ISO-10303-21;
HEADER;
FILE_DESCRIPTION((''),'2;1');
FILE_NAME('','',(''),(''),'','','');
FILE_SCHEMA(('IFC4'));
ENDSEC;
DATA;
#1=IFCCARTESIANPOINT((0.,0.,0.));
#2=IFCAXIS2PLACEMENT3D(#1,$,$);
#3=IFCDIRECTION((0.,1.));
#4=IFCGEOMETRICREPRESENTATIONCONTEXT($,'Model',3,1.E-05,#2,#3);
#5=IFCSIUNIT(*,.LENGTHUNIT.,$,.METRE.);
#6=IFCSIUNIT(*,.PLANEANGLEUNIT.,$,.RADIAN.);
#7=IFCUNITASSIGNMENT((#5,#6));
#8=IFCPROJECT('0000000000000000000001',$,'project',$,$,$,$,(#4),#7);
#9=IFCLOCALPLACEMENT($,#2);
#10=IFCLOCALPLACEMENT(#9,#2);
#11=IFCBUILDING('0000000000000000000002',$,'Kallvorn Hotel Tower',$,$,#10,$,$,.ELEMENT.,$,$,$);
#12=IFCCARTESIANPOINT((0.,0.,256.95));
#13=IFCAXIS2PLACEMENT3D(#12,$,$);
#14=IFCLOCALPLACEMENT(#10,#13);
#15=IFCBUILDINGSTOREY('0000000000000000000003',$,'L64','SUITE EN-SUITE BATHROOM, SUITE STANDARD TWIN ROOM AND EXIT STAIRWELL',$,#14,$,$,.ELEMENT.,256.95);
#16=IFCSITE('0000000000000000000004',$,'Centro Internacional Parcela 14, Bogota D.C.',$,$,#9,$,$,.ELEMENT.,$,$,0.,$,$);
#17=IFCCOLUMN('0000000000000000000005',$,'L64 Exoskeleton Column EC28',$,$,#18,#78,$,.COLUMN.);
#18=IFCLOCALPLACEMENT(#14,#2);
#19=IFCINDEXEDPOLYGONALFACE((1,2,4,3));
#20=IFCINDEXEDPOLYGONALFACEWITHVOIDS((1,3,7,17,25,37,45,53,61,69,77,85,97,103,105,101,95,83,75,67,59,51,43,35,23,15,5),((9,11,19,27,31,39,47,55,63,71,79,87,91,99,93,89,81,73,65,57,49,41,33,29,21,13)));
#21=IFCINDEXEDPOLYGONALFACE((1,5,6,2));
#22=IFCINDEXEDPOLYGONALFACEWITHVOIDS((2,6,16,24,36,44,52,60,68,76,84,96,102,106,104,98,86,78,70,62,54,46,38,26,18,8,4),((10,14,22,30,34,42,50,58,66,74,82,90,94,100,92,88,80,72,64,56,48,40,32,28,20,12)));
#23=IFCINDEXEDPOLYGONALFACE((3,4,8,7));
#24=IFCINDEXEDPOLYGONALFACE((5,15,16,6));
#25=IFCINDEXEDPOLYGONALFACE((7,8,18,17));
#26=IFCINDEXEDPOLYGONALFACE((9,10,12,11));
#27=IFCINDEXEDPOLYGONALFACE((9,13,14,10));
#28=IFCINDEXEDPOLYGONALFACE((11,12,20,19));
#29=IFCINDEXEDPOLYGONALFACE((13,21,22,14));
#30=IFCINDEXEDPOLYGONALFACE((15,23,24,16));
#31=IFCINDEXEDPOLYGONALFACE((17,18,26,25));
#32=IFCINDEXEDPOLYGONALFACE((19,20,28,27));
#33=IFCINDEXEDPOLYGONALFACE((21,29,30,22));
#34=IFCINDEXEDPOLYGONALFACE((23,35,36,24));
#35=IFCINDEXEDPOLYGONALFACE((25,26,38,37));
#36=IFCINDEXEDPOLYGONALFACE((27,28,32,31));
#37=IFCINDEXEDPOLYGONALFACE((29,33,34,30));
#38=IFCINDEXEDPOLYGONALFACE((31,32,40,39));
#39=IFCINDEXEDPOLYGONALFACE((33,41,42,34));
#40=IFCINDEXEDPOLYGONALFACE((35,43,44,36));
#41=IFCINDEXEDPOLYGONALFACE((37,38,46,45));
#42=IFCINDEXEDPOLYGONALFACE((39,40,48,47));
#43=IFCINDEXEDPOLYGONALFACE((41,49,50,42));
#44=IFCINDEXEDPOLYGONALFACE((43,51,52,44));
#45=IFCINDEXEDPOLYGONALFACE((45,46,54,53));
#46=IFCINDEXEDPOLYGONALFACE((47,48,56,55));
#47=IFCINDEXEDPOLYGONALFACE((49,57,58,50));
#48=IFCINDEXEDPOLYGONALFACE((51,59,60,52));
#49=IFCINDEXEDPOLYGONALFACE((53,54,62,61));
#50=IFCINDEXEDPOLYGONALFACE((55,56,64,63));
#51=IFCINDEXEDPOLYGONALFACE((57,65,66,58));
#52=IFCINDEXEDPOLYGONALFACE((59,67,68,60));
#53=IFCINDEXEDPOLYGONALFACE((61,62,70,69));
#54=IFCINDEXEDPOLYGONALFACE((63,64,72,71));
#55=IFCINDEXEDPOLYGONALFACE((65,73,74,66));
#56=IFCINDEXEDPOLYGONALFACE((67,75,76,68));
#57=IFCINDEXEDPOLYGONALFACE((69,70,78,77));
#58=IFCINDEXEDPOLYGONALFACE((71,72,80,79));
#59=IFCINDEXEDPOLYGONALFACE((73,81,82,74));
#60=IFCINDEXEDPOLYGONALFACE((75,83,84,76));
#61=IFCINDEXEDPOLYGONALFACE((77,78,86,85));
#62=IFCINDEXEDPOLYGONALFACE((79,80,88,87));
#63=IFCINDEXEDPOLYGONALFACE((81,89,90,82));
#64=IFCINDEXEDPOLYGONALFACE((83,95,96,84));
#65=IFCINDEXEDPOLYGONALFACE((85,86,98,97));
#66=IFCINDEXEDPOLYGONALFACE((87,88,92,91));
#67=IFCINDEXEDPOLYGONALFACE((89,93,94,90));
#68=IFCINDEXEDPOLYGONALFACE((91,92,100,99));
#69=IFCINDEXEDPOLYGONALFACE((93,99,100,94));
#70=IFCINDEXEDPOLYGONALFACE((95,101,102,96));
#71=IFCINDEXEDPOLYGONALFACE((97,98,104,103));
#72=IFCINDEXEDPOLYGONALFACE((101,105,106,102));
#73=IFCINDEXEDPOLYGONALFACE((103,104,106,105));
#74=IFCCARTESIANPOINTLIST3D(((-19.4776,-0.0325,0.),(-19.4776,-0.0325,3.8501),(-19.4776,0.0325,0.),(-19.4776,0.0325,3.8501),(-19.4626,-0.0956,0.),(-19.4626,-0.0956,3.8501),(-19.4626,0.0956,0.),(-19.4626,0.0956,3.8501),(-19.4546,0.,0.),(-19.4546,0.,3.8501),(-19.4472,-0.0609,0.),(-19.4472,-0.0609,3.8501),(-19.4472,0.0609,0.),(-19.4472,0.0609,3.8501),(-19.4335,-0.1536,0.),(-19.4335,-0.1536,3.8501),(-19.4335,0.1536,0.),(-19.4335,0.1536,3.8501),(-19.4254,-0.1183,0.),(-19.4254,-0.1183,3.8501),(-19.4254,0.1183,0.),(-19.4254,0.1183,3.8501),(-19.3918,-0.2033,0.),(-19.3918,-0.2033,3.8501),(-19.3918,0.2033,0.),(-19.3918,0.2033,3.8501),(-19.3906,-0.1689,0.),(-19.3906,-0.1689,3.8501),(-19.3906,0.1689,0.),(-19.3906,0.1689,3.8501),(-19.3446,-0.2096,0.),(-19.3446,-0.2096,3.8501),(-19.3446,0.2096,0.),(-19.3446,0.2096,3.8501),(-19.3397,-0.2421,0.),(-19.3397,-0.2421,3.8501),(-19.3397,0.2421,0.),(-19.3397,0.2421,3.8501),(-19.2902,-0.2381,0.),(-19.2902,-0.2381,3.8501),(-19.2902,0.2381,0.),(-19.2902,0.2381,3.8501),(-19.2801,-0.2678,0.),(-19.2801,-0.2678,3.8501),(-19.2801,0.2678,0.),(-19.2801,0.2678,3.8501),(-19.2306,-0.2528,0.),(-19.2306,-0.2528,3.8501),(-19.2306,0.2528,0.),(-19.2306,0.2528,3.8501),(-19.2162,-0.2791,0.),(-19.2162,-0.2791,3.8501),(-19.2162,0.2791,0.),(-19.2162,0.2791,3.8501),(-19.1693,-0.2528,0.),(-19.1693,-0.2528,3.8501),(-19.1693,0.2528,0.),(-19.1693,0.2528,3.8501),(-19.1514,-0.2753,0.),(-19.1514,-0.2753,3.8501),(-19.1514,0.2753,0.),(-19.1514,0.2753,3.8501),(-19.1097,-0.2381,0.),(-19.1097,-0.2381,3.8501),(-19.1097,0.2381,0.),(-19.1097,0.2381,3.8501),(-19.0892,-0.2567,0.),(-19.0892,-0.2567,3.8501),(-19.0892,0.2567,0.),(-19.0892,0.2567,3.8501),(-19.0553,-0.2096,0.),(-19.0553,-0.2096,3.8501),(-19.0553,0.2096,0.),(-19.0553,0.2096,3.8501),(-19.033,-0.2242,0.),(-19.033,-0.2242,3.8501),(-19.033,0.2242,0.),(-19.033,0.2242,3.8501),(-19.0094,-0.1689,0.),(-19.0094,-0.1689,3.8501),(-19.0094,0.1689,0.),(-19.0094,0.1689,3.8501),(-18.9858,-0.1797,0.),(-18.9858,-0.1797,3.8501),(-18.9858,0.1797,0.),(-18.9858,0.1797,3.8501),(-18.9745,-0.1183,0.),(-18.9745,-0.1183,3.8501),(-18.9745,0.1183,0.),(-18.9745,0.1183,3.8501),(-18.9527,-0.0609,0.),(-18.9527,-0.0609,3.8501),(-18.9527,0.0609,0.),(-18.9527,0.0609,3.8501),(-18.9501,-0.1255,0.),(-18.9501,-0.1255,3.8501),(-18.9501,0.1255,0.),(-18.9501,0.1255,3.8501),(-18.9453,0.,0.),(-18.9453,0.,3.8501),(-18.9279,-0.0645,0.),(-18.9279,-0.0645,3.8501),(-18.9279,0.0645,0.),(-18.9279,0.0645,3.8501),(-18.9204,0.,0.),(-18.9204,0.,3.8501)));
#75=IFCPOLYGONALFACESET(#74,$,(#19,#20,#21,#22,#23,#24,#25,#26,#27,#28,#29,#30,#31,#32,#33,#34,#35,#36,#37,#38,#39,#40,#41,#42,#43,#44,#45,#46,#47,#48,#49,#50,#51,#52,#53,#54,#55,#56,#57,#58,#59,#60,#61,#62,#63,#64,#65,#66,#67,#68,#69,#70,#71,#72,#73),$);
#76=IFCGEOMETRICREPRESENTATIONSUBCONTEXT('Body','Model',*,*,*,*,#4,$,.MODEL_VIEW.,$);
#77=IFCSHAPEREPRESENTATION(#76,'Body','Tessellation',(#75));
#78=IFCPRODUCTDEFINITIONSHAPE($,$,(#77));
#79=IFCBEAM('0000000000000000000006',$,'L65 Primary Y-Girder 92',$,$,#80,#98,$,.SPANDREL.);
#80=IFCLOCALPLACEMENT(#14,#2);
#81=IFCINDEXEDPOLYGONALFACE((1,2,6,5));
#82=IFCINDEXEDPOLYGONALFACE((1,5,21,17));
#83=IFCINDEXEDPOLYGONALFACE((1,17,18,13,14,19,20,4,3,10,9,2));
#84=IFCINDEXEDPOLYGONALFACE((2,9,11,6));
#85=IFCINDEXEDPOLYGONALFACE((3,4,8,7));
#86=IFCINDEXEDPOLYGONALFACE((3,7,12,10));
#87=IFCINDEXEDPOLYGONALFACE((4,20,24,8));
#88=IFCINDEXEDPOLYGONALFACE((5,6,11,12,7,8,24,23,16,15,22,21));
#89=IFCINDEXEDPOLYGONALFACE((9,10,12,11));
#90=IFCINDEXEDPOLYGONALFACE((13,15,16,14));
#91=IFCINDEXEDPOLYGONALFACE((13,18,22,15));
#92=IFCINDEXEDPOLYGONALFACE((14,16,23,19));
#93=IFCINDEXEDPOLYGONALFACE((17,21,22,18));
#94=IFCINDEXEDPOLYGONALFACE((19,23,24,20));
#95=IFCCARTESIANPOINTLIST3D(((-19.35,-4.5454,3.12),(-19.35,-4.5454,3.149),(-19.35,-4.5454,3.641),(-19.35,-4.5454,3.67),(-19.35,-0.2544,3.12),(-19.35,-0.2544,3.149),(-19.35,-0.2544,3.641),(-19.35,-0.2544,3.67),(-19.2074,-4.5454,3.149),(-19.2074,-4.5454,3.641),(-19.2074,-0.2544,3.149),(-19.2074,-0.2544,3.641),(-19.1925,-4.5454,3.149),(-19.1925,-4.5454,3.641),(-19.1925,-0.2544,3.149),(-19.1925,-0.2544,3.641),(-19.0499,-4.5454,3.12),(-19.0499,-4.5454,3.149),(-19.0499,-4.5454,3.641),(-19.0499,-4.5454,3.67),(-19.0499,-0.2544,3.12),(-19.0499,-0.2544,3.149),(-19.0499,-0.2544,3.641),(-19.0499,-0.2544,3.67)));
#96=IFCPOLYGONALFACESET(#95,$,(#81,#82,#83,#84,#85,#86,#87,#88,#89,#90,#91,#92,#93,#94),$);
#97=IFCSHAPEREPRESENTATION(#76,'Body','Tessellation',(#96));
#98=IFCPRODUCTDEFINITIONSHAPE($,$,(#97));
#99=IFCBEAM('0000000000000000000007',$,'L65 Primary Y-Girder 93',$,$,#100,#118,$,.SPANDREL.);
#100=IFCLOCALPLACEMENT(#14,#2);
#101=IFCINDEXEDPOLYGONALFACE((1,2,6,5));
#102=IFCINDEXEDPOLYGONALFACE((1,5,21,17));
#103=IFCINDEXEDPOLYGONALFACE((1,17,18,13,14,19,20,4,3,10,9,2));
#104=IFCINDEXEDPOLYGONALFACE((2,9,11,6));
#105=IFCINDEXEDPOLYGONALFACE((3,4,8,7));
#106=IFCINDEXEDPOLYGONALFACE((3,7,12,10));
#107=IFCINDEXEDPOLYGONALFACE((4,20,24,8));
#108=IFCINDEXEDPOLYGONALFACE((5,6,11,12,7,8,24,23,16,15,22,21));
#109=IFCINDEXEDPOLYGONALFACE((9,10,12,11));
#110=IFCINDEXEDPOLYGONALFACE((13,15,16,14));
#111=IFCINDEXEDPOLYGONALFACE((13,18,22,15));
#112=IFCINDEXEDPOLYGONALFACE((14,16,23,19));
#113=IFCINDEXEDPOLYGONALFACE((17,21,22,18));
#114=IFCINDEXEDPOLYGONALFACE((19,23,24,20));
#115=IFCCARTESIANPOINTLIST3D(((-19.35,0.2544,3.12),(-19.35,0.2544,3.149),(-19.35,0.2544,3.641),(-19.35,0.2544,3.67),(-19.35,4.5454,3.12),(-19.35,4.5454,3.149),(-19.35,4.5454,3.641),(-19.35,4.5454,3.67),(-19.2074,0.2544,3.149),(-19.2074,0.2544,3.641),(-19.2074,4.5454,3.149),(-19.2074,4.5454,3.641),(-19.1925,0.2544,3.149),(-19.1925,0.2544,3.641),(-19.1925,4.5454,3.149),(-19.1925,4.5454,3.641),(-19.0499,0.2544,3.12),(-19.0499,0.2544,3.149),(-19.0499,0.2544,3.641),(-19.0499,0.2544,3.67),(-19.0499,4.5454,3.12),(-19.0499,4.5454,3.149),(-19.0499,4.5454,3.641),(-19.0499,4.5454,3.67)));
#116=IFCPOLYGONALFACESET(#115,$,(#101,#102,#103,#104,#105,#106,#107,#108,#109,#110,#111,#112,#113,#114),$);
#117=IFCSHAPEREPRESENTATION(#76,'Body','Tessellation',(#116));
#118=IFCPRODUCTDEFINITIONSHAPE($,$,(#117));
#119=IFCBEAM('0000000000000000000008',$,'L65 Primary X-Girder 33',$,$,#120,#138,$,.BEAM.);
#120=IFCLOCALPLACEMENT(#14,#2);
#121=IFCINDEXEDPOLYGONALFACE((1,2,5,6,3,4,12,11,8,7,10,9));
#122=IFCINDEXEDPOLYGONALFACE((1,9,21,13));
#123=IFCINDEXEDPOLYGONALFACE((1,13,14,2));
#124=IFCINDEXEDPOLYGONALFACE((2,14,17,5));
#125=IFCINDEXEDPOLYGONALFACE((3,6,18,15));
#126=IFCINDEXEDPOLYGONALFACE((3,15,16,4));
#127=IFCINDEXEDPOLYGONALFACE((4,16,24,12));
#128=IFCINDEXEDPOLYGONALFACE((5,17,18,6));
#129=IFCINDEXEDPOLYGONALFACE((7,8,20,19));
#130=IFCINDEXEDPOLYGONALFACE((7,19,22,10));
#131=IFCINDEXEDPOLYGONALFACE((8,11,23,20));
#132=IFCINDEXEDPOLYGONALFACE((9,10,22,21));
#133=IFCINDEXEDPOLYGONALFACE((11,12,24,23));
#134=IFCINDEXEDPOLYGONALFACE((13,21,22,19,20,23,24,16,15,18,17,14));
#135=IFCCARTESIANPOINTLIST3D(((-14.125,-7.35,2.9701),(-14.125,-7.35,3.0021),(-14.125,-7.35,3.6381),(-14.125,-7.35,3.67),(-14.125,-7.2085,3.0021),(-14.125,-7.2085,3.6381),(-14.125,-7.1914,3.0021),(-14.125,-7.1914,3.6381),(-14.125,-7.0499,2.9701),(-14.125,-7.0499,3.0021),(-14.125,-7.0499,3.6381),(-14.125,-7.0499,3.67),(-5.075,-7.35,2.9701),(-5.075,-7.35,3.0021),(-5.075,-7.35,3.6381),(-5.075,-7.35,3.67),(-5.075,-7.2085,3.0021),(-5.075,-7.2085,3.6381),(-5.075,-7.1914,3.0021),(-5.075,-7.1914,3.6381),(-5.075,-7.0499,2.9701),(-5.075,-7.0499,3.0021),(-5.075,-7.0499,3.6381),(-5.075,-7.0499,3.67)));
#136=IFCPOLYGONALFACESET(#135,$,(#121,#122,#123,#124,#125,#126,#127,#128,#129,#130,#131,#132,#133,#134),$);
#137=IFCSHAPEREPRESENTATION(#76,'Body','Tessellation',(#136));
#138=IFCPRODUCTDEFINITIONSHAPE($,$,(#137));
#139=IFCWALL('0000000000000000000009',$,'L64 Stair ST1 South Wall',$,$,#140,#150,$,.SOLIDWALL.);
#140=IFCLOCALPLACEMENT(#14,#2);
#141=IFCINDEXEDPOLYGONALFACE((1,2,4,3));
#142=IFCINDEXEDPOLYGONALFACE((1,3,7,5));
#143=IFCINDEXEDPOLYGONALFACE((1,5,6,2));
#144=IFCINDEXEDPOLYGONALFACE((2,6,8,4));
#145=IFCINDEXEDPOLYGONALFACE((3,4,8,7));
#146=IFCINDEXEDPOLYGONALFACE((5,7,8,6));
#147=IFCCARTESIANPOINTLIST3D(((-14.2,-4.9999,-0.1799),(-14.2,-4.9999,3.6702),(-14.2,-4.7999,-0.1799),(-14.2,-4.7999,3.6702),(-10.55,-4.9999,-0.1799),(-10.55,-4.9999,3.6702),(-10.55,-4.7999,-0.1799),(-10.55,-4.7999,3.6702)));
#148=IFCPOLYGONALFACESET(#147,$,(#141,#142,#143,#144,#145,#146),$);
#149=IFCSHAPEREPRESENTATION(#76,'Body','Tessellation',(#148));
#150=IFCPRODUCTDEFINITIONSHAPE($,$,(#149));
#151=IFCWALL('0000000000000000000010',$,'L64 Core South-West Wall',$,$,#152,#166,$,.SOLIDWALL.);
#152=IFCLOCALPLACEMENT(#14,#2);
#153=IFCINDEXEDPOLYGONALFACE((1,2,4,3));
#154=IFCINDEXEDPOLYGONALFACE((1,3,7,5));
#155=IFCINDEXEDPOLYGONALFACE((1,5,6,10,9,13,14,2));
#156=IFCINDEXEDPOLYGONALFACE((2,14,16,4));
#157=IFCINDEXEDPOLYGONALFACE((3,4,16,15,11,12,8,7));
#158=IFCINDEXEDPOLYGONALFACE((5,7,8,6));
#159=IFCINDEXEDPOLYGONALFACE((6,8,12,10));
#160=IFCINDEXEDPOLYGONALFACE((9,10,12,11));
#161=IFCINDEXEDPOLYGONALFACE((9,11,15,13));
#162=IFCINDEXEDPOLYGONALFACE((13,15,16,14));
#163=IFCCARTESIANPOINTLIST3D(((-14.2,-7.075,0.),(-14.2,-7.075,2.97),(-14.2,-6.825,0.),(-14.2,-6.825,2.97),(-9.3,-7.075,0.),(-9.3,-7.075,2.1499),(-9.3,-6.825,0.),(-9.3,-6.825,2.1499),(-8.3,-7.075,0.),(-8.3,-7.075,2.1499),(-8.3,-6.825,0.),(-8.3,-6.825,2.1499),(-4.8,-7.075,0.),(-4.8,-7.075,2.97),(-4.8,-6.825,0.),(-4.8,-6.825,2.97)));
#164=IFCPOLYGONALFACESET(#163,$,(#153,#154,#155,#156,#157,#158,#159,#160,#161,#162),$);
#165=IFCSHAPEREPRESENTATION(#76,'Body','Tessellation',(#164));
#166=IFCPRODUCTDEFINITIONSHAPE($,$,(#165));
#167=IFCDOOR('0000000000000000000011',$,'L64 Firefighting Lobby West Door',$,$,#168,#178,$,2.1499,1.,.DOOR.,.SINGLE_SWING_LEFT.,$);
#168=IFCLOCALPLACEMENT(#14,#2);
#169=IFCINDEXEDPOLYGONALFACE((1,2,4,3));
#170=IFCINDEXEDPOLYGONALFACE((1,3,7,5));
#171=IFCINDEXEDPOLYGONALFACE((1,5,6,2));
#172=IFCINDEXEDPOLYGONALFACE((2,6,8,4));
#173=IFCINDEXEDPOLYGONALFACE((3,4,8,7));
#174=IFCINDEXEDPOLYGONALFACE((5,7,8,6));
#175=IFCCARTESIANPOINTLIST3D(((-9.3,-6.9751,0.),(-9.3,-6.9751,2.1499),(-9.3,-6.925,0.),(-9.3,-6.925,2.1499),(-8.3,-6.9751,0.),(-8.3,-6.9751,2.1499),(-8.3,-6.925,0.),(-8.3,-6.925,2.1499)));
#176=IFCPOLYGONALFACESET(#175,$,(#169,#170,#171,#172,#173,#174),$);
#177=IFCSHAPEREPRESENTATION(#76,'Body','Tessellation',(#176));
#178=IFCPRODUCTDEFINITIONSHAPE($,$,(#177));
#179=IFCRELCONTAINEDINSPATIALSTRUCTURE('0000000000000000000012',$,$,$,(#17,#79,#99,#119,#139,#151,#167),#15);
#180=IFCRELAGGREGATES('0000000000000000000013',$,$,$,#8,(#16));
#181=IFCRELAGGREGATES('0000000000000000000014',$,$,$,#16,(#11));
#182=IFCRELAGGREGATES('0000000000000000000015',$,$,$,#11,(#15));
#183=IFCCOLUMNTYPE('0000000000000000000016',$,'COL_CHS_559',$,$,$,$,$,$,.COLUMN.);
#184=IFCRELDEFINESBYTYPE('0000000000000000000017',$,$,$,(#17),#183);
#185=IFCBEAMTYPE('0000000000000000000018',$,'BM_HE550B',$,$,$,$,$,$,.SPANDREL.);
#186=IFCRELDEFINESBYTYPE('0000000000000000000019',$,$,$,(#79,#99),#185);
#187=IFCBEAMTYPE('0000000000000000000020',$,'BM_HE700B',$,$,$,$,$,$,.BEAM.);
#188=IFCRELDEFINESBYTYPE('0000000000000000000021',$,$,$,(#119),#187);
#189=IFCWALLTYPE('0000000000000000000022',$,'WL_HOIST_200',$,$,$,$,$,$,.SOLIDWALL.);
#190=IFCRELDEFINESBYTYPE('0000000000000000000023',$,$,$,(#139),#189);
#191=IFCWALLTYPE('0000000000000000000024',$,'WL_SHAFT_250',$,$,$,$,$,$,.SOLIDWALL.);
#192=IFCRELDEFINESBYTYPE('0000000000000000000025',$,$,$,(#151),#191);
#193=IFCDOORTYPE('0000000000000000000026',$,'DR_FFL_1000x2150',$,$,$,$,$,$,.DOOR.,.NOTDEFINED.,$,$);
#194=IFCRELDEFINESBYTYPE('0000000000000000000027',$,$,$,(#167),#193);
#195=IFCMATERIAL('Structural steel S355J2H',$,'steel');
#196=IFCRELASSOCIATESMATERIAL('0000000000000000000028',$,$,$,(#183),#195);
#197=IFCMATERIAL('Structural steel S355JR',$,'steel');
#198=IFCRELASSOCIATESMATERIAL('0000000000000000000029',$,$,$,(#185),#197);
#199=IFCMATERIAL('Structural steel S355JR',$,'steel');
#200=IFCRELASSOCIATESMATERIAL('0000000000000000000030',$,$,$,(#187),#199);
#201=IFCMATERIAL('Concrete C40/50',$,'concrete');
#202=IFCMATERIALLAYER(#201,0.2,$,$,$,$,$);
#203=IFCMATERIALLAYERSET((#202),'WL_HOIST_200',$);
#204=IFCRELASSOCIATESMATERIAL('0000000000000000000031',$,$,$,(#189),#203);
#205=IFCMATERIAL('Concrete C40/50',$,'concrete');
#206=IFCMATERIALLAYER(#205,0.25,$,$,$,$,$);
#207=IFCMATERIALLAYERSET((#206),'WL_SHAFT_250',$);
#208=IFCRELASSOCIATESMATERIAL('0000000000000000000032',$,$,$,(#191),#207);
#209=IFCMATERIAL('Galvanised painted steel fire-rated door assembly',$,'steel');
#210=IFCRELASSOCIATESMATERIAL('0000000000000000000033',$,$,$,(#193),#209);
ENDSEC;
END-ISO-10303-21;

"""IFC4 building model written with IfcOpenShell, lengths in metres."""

from ifc_helpers import new_model, si_unit, direction, frame, frame_2d, origin, origin_2d, place, context, subcontext, project, spatial, rectangle, hollow_circle, i_section, extrude, material, layer, layer_set, material_profile, profile_set, type_object, element, fill, save


model = new_model("IFC4")

# Units and contexts
model_context = context("Model", 3, precision=1e-05, world=origin(), true_north=direction((0.0, 1.0)))
body_context = subcontext(model_context, "Body", "Model", "MODEL_VIEW")
ifc_project = project(units=[si_unit("LENGTHUNIT", "METRE"), si_unit("PLANEANGLEUNIT", "RADIAN")], contexts=[model_context])

# Site, building, storey
site_placement = place(None, origin())
site = spatial("IfcSite", under=ifc_project, at=site_placement, Name="Centro Internacional Parcela 14, Bogota D.C.", CompositionType="ELEMENT", RefElevation=0.0)
building_placement = place(site_placement, origin())
building = spatial("IfcBuilding", under=site, at=building_placement, Name="Kallvorn Hotel Tower", CompositionType="ELEMENT")
storey_placement = place(building_placement, frame((0.0, 0.0, 256.95)))
storey = spatial("IfcBuildingStorey", under=building, at=storey_placement, Name="L64", Description="SUITE EN-SUITE BATHROOM, SUITE STANDARD TWIN ROOM AND EXIT STAIRWELL", CompositionType="ELEMENT", Elevation=256.95)

# Column
ifc_material_1 = material(Name="Structural steel S355J2H", Category="steel")
ifc_material_profile_1 = material_profile(ifc_material_1, hollow_circle(Radius=0.2795, WallThickness=0.0249, at=origin_2d()), Name="CHS 559x25")
ifc_profile_set_1 = profile_set([ifc_material_profile_1], Name="Structural steel S355J2H")
column_type = type_object("IfcColumnType", Name="COL_CHS_559", PredefinedType="COLUMN", material=ifc_profile_set_1)
column_placement = place(storey_placement, frame((-19.2, 0.0, 0.0), z_axis=(0.0, 0.0, 1.0), x_axis=(1.0, 0.0, 0.0)))
element("IfcColumn", 1, at=column_placement, inside=storey, type_object=column_type, Name="L64 Exoskeleton Column EC28", PredefinedType="COLUMN", context=body_context, shape_type="SweptSolid", body=[
    extrude(hollow_circle(Radius=0.2795, WallThickness=0.0249, at=origin_2d()), origin(), (0.0, 0.0, 1.0), 3.8501),
])

# Beams
ifc_material_2 = material(Name="Structural steel S355JR", Category="steel")
ifc_material_profile_2 = material_profile(ifc_material_2, i_section(OverallWidth=0.3, OverallDepth=0.55, WebThickness=0.0149, FlangeThickness=0.0291, at=origin_2d()), Name="HE 550 B")
ifc_profile_set_2 = profile_set([ifc_material_profile_2], Name="Structural steel S355JR")
beam_type_1 = type_object("IfcBeamType", Name="BM_HE550B", PredefinedType="SPANDREL", material=ifc_profile_set_2)
for number, where, z_axis, x_axis, name in (
    (2, (-19.2, -4.5454, 3.395), (0.0, 1.0, 0.0), (-1.0, 0.0, 0.0), "L65 Primary Y-Girder 92"),
    (3, (-19.2, 0.2544, 3.395), (0.0, 1.0, 0.0), (-1.0, 0.0, 0.0), "L65 Primary Y-Girder 93"),
):
    element("IfcBeam", number, at=place(storey_placement, frame(where, z_axis=z_axis, x_axis=x_axis)), inside=storey, type_object=beam_type_1, Name=name, PredefinedType="SPANDREL", context=body_context, shape_type="SweptSolid", body=[
        extrude(i_section(OverallWidth=0.3, OverallDepth=0.55, WebThickness=0.0149, FlangeThickness=0.0291, at=origin_2d()), origin(), (0.0, 0.0, 1.0), 4.291),
    ])
ifc_material_3 = material(Name="Structural steel S355JR", Category="steel")
ifc_material_profile_3 = material_profile(ifc_material_3, i_section(OverallWidth=0.3, OverallDepth=0.7, WebThickness=0.0171, FlangeThickness=0.032, at=origin_2d()), Name="HE 700 B")
ifc_profile_set_3 = profile_set([ifc_material_profile_3], Name="Structural steel S355JR")
beam_type_2 = type_object("IfcBeamType", Name="BM_HE700B", PredefinedType="BEAM", material=ifc_profile_set_3)
beam_placement = place(storey_placement, frame((-14.125, -7.2, 3.3201), z_axis=(1.0, 0.0, 0.0), x_axis=(0.0, 1.0, 0.0)))
element("IfcBeam", 4, at=beam_placement, inside=storey, type_object=beam_type_2, Name="L65 Primary X-Girder 33", PredefinedType="BEAM", context=body_context, shape_type="SweptSolid", body=[
    extrude(i_section(OverallWidth=0.3, OverallDepth=0.7, WebThickness=0.0171, FlangeThickness=0.032, at=origin_2d()), origin(), (0.0, 0.0, 1.0), 9.05),
])

# Wall
ifc_material_4 = material(Name="Concrete C40/50", Category="concrete")
ifc_layer_1 = layer(ifc_material_4, 0.2)
ifc_layer_set_1 = layer_set([ifc_layer_1], Name="WL_HOIST_200")
wall_type_1 = type_object("IfcWallType", Name="WL_HOIST_200", PredefinedType="SOLIDWALL", material=ifc_layer_set_1)
wall_1_placement = place(storey_placement, frame((-14.2, -4.8999, -0.1799), z_axis=(0.0, 0.0, 1.0), x_axis=(1.0, 0.0, 0.0)))
element("IfcWall", 5, at=wall_1_placement, inside=storey, type_object=wall_type_1, Name="L64 Stair ST1 South Wall", PredefinedType="SOLIDWALL", context=body_context, shape_type="SweptSolid", body=[
    extrude(rectangle(XDim=3.6499, YDim=0.2, at=frame_2d((1.825, 0.0))), origin(), (0.0, 0.0, 1.0), 3.8501),
])

# Wall, opening, door
ifc_material_5 = material(Name="Concrete C40/50", Category="concrete")
ifc_layer_2 = layer(ifc_material_5, 0.25)
ifc_layer_set_2 = layer_set([ifc_layer_2], Name="WL_SHAFT_250")
wall_type_2 = type_object("IfcWallType", Name="WL_SHAFT_250", PredefinedType="SOLIDWALL", material=ifc_layer_set_2)
wall_2_placement = place(storey_placement, frame((-14.2, -6.95, 0.0), z_axis=(0.0, 0.0, 1.0), x_axis=(1.0, 0.0, 0.0)))
wall_2 = element("IfcWall", 6, at=wall_2_placement, inside=storey, type_object=wall_type_2, Name="L64 Core South-West Wall", PredefinedType="SOLIDWALL", context=body_context, shape_type="SweptSolid", body=[
    extrude(rectangle(XDim=9.3999, YDim=0.25, at=frame_2d((4.7, 0.0))), origin(), (0.0, 0.0, 1.0), 2.97),
])
opening_1_placement = place(wall_2_placement, frame((4.8999, 0.0, 0.0)))
opening_1 = element("IfcOpeningElement", 7, at=opening_1_placement, cuts=wall_2, PredefinedType="OPENING", context=body_context, shape_type="SweptSolid", body=[
    extrude(rectangle(XDim=1.0, YDim=2.1499, at=frame_2d((0.5, 1.075))), frame((0.0, 0.1399, 0.0), z_axis=(0.0, -1.0, 0.0), x_axis=(1.0, 0.0, 0.0)), (0.0, 0.0, 1.0), 0.28),
])
ifc_material_6 = material(Name="Galvanised painted steel fire-rated door assembly", Category="steel")
door_type_1 = type_object("IfcDoorType", Name="DR_FFL_1000x2150", OperationType="NOTDEFINED", PredefinedType="DOOR", material=ifc_material_6)
door_1_placement = place(opening_1_placement, origin())
door_1 = element("IfcDoor", 8, at=door_1_placement, inside=storey, type_object=door_type_1, Name="L64 Firefighting Lobby West Door", OperationType="SINGLE_SWING_LEFT", OverallHeight=2.1499, OverallWidth=1.0, PredefinedType="DOOR", context=body_context, shape_type="SweptSolid", body=[
    extrude(rectangle(XDim=1.0, YDim=2.1499, at=frame_2d((0.5, 1.075))), frame((0.0, 0.0249, 0.0), z_axis=(0.0, -1.0, 0.0), x_axis=(1.0, 0.0, 0.0)), (0.0, 0.0, 1.0), 0.05),
])
fill(opening_1, door_1)

save(model, "model.ifc")
